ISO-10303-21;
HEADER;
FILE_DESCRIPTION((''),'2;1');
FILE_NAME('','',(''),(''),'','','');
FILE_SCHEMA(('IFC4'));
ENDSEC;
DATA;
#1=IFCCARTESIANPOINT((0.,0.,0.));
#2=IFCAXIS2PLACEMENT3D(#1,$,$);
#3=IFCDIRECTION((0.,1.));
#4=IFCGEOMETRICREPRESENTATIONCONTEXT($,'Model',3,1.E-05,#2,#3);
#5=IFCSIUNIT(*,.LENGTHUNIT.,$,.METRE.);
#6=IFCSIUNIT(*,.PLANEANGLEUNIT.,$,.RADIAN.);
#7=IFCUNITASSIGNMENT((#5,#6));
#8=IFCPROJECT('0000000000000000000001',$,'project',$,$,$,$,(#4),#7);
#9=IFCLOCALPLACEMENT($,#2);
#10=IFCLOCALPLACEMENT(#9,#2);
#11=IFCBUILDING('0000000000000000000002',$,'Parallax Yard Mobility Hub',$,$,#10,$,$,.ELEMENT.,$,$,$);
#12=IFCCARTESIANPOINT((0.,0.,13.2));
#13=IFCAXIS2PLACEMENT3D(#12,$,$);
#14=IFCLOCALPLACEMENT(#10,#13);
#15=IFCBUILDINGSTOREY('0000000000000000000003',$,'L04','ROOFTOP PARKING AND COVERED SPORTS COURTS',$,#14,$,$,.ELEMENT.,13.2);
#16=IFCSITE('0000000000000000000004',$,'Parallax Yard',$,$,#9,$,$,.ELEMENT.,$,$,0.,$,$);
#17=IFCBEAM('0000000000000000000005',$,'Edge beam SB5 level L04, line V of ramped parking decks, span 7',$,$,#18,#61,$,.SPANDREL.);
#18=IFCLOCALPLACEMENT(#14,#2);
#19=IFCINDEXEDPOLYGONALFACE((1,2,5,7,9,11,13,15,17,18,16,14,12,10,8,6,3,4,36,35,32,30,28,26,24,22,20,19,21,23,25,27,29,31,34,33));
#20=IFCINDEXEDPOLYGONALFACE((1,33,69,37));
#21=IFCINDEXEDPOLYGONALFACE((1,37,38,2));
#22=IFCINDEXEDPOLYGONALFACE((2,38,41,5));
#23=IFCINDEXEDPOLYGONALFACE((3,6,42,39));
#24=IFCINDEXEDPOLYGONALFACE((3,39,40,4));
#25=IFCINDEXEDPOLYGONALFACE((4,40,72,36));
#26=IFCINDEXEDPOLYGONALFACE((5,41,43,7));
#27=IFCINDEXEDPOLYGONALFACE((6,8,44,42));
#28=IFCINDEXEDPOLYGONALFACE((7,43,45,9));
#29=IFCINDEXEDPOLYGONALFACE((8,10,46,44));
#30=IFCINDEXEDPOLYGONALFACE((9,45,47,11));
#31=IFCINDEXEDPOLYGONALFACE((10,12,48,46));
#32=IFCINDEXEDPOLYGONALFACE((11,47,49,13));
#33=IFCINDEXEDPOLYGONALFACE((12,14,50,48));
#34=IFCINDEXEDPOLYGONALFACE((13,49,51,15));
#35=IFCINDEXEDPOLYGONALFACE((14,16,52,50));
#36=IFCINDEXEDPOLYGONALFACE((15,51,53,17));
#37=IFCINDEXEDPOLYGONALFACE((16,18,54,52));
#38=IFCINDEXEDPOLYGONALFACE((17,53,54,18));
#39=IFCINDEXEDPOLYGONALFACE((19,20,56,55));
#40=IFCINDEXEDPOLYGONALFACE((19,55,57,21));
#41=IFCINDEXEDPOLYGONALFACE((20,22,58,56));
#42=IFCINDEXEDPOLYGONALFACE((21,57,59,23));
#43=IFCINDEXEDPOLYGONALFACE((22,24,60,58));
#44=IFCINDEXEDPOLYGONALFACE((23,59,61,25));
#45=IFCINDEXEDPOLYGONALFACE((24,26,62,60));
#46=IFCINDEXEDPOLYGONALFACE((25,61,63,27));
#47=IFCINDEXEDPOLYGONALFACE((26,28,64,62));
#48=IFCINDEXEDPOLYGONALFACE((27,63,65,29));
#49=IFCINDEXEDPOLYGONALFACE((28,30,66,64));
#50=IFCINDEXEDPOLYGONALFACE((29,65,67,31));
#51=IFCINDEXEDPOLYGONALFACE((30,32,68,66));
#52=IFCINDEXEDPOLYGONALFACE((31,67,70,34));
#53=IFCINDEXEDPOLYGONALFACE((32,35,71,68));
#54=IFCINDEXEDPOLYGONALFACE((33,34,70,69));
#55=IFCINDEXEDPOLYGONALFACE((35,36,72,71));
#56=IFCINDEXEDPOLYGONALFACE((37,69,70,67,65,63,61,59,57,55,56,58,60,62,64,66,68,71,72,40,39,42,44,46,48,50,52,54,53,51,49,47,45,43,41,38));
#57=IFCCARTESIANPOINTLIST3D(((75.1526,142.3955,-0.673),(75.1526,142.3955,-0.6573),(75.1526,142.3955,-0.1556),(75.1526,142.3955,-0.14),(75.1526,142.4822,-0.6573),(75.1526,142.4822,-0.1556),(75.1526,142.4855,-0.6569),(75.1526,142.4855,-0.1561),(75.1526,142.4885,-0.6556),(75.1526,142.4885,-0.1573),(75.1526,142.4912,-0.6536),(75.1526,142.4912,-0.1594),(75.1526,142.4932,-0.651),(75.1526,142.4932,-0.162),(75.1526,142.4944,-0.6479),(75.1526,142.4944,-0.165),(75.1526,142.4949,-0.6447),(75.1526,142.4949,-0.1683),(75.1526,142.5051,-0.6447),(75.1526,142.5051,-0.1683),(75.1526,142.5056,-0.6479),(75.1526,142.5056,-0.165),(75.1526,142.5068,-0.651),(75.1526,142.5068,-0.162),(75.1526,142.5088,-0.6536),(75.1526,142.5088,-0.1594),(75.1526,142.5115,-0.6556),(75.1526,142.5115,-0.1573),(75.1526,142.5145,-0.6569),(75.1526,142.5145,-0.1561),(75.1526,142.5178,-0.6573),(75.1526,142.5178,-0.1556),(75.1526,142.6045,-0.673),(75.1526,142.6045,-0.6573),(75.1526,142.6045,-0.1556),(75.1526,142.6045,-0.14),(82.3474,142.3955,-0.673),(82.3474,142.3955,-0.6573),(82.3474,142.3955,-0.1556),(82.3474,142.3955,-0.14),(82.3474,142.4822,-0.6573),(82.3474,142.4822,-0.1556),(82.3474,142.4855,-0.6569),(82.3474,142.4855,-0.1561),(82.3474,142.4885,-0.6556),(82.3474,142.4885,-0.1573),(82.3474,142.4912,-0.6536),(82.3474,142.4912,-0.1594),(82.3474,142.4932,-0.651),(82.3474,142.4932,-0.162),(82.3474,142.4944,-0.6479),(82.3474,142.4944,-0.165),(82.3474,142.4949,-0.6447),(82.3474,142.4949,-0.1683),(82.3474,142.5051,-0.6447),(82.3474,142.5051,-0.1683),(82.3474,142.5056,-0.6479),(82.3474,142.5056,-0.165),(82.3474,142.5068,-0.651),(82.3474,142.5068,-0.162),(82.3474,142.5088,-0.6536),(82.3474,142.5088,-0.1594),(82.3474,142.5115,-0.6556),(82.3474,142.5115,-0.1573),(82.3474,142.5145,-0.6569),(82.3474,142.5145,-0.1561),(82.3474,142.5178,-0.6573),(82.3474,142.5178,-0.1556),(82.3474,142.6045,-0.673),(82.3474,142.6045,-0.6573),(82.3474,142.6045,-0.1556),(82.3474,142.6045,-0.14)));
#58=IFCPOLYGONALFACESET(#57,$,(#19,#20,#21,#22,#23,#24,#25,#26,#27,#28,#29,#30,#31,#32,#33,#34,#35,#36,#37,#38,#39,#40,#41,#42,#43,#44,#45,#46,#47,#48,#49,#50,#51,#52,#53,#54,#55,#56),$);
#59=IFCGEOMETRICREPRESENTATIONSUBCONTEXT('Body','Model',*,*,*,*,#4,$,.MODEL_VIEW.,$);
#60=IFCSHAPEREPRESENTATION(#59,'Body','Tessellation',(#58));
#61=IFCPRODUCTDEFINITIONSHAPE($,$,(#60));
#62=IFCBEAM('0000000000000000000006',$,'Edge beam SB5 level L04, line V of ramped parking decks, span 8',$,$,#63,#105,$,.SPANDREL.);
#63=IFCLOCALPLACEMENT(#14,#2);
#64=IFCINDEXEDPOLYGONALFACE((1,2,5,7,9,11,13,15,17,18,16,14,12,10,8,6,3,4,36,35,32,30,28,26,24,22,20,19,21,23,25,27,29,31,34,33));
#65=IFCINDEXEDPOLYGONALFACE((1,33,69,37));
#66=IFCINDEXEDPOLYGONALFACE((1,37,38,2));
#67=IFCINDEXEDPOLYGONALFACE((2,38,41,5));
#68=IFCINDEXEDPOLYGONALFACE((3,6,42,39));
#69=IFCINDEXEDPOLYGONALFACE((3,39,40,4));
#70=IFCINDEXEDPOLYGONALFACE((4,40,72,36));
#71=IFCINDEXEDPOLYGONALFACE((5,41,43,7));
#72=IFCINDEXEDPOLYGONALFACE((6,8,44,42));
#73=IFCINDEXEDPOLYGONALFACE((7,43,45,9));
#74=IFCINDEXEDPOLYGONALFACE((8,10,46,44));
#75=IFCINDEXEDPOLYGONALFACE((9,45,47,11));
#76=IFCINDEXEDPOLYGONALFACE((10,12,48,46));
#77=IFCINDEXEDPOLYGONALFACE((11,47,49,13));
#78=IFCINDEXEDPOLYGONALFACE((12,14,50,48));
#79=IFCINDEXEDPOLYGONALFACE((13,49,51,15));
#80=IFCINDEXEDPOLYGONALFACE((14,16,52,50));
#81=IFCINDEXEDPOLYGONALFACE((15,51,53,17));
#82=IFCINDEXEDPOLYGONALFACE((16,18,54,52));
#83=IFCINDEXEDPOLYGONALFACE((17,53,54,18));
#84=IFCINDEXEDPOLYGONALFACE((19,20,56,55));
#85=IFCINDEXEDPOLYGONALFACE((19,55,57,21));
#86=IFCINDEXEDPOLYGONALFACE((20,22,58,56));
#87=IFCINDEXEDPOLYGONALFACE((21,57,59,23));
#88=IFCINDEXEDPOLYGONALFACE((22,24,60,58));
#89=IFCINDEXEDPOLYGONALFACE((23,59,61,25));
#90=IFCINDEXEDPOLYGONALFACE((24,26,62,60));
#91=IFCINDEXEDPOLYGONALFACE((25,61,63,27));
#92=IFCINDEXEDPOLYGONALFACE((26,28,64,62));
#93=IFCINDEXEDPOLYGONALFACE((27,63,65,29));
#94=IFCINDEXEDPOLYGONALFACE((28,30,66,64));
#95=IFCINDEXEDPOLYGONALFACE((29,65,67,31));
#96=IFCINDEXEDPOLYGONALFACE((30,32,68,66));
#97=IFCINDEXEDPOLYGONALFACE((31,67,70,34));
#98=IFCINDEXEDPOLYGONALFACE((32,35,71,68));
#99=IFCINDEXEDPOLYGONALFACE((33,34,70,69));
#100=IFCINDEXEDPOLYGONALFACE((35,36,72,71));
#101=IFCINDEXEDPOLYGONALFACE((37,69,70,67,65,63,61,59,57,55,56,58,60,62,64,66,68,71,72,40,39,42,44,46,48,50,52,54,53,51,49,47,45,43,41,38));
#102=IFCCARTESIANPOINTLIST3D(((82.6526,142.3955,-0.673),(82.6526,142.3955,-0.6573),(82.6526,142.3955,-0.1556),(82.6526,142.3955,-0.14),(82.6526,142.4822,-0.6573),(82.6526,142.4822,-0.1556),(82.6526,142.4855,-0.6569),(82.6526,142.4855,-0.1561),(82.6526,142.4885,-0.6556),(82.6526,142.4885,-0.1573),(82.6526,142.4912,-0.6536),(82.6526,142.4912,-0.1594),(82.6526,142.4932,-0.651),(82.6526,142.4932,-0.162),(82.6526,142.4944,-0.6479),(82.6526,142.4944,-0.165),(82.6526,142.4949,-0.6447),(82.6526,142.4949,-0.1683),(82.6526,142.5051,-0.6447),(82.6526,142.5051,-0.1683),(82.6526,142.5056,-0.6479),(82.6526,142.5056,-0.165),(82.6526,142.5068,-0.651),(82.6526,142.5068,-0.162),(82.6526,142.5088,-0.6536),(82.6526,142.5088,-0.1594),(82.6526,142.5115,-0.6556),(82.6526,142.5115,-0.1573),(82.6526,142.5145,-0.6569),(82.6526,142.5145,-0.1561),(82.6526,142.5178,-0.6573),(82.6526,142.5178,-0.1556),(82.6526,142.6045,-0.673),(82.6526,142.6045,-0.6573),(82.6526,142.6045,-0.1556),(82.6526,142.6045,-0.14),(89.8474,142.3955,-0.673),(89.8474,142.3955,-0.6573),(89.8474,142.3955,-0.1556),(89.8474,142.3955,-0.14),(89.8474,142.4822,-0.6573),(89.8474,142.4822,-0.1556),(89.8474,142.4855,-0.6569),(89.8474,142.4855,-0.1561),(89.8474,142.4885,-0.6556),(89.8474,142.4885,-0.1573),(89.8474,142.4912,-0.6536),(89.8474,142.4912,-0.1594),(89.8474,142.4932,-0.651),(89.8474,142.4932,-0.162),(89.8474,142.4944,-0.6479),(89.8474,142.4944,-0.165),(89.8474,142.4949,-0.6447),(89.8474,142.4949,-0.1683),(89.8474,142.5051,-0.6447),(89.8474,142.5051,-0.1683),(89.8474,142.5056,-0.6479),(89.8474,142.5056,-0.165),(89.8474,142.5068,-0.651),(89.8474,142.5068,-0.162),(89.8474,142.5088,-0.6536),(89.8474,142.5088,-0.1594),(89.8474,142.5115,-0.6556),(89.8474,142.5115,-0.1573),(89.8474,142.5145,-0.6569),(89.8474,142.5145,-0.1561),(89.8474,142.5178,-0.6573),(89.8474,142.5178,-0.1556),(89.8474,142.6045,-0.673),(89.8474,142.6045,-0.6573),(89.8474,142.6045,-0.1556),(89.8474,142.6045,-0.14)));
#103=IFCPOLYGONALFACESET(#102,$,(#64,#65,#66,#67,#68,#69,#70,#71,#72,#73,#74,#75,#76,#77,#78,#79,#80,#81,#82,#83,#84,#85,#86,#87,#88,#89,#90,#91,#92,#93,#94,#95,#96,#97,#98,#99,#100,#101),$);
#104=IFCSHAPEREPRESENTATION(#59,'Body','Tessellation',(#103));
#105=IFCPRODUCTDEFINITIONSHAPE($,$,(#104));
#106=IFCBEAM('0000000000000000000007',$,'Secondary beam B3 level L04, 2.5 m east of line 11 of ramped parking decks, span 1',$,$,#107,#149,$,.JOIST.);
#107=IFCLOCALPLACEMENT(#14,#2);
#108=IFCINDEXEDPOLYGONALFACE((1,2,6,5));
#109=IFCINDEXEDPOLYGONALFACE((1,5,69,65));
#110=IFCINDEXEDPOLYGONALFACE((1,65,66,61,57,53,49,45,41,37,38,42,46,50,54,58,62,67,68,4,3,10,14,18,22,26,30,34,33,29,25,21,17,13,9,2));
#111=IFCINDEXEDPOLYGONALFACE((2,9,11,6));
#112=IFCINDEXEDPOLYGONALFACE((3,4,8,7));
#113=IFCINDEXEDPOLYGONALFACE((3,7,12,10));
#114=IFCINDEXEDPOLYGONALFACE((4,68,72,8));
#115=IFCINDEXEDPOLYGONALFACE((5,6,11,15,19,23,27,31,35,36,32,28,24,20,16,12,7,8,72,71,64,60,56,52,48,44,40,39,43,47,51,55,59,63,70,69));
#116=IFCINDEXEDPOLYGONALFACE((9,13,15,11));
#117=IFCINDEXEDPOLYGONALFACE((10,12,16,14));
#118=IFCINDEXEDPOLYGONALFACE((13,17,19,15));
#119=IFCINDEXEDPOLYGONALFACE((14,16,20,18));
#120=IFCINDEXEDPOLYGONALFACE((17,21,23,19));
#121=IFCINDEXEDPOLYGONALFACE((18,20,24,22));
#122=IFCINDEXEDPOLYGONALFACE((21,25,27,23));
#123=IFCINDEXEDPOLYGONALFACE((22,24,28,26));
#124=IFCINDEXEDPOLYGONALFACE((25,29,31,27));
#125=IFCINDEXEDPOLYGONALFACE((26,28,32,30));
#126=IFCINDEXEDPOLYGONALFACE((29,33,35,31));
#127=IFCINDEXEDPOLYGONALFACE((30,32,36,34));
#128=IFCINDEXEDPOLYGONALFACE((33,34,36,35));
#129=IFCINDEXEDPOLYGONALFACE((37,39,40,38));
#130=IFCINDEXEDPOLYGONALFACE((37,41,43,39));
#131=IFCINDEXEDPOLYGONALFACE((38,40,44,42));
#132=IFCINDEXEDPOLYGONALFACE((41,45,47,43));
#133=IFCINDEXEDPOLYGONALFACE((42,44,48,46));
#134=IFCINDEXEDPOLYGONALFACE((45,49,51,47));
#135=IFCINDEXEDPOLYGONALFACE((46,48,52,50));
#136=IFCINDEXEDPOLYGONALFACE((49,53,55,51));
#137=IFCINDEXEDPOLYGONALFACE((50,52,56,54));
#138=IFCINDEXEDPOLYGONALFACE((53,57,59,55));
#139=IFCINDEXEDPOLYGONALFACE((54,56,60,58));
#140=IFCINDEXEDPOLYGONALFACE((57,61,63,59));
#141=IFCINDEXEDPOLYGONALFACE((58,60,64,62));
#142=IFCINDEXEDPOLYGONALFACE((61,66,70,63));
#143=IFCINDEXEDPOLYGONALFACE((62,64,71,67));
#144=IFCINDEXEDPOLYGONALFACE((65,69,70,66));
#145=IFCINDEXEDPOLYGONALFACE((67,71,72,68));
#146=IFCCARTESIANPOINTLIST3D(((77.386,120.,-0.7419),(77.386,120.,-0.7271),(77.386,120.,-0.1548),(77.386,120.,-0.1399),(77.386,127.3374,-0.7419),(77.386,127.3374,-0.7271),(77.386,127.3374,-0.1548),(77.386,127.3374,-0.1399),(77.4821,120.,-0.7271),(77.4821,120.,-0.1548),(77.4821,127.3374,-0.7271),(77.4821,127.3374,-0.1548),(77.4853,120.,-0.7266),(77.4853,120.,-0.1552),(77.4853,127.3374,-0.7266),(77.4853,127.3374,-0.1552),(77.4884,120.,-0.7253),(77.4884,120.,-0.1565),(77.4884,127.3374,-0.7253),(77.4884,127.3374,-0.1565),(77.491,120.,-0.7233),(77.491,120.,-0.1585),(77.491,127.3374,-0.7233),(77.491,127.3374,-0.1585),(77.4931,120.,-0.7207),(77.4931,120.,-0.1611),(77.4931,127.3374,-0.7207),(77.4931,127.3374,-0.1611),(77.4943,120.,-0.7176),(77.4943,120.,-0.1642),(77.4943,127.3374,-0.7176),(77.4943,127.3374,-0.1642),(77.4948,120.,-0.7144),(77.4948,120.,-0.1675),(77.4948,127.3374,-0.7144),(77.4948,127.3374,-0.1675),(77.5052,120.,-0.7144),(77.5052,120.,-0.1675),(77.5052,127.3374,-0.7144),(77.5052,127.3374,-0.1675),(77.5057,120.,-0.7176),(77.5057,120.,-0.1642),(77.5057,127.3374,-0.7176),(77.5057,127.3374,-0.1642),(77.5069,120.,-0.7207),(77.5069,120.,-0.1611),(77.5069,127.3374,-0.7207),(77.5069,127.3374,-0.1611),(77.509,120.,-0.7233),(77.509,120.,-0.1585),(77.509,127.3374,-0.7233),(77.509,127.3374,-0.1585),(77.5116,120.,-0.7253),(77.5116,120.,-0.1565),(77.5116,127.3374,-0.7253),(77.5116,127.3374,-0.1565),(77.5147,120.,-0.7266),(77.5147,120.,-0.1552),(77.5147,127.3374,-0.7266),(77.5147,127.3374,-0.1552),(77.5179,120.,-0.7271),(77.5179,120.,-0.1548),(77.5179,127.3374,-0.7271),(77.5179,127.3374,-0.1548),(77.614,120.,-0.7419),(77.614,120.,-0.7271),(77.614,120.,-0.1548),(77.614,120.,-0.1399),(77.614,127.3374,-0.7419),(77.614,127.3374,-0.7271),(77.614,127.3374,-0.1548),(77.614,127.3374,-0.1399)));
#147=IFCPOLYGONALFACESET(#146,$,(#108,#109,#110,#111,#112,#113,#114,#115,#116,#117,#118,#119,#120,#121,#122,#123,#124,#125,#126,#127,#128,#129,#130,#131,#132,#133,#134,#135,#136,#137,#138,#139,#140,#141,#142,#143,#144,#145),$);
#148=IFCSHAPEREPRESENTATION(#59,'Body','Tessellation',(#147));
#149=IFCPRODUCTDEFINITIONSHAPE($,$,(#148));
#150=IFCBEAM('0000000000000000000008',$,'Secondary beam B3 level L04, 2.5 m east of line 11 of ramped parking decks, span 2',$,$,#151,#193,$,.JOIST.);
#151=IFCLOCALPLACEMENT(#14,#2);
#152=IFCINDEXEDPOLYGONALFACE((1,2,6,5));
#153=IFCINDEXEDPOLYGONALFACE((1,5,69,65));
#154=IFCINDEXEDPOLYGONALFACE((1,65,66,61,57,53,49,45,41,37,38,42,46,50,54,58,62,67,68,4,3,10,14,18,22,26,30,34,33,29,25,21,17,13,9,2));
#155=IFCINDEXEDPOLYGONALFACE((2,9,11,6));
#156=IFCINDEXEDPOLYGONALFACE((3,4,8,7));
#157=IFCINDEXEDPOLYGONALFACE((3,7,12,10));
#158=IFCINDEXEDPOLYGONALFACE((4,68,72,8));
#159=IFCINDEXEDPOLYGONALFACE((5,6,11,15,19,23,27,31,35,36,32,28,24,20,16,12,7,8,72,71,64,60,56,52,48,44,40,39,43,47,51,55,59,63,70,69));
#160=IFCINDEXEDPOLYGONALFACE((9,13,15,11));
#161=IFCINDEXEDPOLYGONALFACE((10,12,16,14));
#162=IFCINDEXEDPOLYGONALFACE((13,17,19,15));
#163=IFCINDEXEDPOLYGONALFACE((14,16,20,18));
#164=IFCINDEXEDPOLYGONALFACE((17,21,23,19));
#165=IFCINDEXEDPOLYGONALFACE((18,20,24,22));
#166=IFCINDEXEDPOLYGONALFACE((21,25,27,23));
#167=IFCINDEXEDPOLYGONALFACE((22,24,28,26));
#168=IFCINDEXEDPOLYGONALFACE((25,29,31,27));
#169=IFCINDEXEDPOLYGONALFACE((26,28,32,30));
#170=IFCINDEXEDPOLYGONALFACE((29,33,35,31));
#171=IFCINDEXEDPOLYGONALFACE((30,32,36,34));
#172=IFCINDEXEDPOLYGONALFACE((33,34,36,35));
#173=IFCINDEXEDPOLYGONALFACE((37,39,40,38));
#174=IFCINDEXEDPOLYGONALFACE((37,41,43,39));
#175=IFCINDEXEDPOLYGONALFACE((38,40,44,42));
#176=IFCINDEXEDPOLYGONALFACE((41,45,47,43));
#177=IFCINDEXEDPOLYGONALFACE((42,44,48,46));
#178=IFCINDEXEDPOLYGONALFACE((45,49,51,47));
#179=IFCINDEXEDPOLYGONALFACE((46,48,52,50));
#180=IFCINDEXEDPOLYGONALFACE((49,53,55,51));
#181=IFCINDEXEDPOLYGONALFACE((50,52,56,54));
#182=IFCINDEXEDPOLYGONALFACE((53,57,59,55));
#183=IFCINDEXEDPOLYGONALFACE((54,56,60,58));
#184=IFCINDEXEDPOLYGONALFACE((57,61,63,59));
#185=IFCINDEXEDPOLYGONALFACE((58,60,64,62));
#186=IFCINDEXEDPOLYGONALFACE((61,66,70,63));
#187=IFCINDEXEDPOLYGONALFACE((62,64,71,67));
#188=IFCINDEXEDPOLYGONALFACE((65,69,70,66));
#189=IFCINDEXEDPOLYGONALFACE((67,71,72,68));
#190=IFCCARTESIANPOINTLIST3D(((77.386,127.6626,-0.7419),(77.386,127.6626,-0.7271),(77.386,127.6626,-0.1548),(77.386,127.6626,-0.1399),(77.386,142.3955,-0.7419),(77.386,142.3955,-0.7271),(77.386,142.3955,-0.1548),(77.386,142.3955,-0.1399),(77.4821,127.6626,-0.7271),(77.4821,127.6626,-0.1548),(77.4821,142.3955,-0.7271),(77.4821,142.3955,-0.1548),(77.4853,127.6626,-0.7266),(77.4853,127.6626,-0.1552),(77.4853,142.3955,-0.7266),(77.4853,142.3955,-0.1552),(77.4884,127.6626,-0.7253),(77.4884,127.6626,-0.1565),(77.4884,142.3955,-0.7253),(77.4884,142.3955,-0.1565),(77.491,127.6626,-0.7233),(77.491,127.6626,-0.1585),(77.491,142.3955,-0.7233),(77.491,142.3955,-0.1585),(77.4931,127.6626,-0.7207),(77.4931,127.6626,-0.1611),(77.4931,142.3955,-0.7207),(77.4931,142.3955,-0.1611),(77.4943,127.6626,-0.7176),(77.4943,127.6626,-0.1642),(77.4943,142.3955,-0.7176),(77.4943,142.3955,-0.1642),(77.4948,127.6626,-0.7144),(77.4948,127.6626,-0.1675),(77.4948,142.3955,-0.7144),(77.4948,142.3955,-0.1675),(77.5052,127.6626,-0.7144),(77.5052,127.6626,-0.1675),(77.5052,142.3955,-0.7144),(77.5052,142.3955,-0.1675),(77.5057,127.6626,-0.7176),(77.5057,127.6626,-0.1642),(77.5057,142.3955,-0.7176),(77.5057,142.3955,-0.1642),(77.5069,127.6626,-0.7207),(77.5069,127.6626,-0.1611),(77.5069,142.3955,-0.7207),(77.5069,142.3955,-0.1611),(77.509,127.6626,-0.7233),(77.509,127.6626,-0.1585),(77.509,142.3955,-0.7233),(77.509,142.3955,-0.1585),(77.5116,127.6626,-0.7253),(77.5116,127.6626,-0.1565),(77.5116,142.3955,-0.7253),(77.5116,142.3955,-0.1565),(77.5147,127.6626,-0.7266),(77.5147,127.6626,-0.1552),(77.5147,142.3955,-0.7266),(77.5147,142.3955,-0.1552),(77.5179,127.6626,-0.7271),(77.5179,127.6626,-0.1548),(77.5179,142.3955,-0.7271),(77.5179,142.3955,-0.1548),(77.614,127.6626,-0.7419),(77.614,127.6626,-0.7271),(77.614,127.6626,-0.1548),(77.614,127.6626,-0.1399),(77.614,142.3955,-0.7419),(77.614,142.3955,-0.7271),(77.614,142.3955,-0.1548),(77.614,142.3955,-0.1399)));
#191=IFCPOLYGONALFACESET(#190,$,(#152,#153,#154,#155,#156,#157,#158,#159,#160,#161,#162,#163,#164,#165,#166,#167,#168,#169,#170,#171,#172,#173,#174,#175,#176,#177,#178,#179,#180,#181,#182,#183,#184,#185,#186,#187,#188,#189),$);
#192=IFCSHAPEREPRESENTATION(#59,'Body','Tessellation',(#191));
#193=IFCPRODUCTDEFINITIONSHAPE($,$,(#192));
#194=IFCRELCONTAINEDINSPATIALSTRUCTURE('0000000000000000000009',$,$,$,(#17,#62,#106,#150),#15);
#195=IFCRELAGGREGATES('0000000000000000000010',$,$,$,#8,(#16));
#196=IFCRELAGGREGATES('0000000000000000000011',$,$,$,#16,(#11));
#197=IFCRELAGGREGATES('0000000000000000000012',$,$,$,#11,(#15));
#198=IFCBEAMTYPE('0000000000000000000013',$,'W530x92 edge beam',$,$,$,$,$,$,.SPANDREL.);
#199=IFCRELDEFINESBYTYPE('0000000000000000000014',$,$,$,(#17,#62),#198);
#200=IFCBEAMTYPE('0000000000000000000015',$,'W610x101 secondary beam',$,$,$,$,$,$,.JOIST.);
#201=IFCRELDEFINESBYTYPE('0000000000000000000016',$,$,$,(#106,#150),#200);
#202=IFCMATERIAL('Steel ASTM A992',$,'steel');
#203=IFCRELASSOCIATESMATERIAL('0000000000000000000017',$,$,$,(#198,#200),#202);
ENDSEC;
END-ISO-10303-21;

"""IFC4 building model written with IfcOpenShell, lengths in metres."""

from ifc_helpers import new_model, si_unit, direction, frame, origin, origin_2d, place, context, subcontext, project, spatial, i_section, extrude, material, material_profile, profile_set, type_object, element, save


model = new_model("IFC4")

# Units and contexts
model_context = context("Model", 3, precision=1e-05, world=origin(), true_north=direction((0.0, 1.0)))
body_context = subcontext(model_context, "Body", "Model", "MODEL_VIEW")
ifc_project = project(units=[si_unit("LENGTHUNIT", "METRE"), si_unit("PLANEANGLEUNIT", "RADIAN")], contexts=[model_context])

# Site, building, storey
site_placement = place(None, origin())
site = spatial("IfcSite", under=ifc_project, at=site_placement, Name="Parallax Yard", CompositionType="ELEMENT", RefElevation=0.0)
building_placement = place(site_placement, origin())
building = spatial("IfcBuilding", under=site, at=building_placement, Name="Parallax Yard Mobility Hub", CompositionType="ELEMENT")
storey_placement = place(building_placement, frame((0.0, 0.0, 13.2)))
storey = spatial("IfcBuildingStorey", under=building, at=storey_placement, Name="L04", Description="ROOFTOP PARKING AND COVERED SPORTS COURTS", CompositionType="ELEMENT", Elevation=13.2)

# Beams
ifc_material_1 = material(Name="Steel ASTM A992", Category="steel")
ifc_material_profile_1 = material_profile(ifc_material_1, i_section(OverallWidth=0.209, OverallDepth=0.533, WebThickness=0.0103, FlangeThickness=0.0156, FilletRadius=0.0127, at=origin_2d()), Name="W530x92")
ifc_profile_set_1 = profile_set([ifc_material_profile_1], Name="Steel ASTM A992")
beam_type_1 = type_object("IfcBeamType", Name="W530x92 edge beam", PredefinedType="SPANDREL", material=ifc_profile_set_1)
for number, where, z_axis, x_axis, name in (
    (1, (75.1526, 142.5, -0.4065), (1.0, 0.0, 0.0), (0.0, 1.0, 0.0), "Edge beam SB5 level L04, line V of ramped parking decks, span 7"),
    (2, (82.6526, 142.5, -0.4065), (1.0, 0.0, 0.0), (0.0, 1.0, 0.0), "Edge beam SB5 level L04, line V of ramped parking decks, span 8"),
):
    element("IfcBeam", number, at=place(storey_placement, frame(where, z_axis=z_axis, x_axis=x_axis)), inside=storey, type_object=beam_type_1, Name=name, PredefinedType="SPANDREL", context=body_context, shape_type="SweptSolid", body=[
        extrude(i_section(OverallWidth=0.209, OverallDepth=0.533, WebThickness=0.0103, FlangeThickness=0.0156, FilletRadius=0.0127, at=origin_2d()), origin(), (0.0, 0.0, 1.0), 7.1948),
    ])
ifc_material_profile_2 = material_profile(ifc_material_1, i_section(OverallWidth=0.228, OverallDepth=0.6021, WebThickness=0.0105, FlangeThickness=0.0149, FilletRadius=0.0127, at=origin_2d()), Name="W610x101")
ifc_profile_set_2 = profile_set([ifc_material_profile_2], Name="Steel ASTM A992")
beam_type_2 = type_object("IfcBeamType", Name="W610x101 secondary beam", PredefinedType="JOIST", material=ifc_profile_set_2)
beam_1_placement = place(storey_placement, frame((77.5, 120.0, -0.4409), z_axis=(0.0, 1.0, 0.0), x_axis=(-1.0, 0.0, 0.0)))
element("IfcBeam", 3, at=beam_1_placement, inside=storey, type_object=beam_type_2, Name="Secondary beam B3 level L04, 2.5 m east of line 11 of ramped parking decks, span 1", PredefinedType="JOIST", context=body_context, shape_type="SweptSolid", body=[
    extrude(i_section(OverallWidth=0.228, OverallDepth=0.6021, WebThickness=0.0105, FlangeThickness=0.0149, FilletRadius=0.0127, at=origin_2d()), origin(), (0.0, 0.0, 1.0), 7.3374),
])
for number, where, z_axis, x_axis, name in (
    (4, (77.5, 127.6626, -0.4409), (0.0, 1.0, 0.0), (-1.0, 0.0, 0.0), "Secondary beam B3 level L04, 2.5 m east of line 11 of ramped parking decks, span 2"),
):
    element("IfcBeam", number, at=place(storey_placement, frame(where, z_axis=z_axis, x_axis=x_axis)), inside=storey, type_object=beam_type_2, Name=name, PredefinedType="JOIST", context=body_context, shape_type="SweptSolid", body=[
        extrude(i_section(OverallWidth=0.228, OverallDepth=0.6021, WebThickness=0.0105, FlangeThickness=0.0149, FilletRadius=0.0127, at=origin_2d()), origin(), (0.0, 0.0, 1.0), 14.7329),
    ])

save(model, "model.ifc")
